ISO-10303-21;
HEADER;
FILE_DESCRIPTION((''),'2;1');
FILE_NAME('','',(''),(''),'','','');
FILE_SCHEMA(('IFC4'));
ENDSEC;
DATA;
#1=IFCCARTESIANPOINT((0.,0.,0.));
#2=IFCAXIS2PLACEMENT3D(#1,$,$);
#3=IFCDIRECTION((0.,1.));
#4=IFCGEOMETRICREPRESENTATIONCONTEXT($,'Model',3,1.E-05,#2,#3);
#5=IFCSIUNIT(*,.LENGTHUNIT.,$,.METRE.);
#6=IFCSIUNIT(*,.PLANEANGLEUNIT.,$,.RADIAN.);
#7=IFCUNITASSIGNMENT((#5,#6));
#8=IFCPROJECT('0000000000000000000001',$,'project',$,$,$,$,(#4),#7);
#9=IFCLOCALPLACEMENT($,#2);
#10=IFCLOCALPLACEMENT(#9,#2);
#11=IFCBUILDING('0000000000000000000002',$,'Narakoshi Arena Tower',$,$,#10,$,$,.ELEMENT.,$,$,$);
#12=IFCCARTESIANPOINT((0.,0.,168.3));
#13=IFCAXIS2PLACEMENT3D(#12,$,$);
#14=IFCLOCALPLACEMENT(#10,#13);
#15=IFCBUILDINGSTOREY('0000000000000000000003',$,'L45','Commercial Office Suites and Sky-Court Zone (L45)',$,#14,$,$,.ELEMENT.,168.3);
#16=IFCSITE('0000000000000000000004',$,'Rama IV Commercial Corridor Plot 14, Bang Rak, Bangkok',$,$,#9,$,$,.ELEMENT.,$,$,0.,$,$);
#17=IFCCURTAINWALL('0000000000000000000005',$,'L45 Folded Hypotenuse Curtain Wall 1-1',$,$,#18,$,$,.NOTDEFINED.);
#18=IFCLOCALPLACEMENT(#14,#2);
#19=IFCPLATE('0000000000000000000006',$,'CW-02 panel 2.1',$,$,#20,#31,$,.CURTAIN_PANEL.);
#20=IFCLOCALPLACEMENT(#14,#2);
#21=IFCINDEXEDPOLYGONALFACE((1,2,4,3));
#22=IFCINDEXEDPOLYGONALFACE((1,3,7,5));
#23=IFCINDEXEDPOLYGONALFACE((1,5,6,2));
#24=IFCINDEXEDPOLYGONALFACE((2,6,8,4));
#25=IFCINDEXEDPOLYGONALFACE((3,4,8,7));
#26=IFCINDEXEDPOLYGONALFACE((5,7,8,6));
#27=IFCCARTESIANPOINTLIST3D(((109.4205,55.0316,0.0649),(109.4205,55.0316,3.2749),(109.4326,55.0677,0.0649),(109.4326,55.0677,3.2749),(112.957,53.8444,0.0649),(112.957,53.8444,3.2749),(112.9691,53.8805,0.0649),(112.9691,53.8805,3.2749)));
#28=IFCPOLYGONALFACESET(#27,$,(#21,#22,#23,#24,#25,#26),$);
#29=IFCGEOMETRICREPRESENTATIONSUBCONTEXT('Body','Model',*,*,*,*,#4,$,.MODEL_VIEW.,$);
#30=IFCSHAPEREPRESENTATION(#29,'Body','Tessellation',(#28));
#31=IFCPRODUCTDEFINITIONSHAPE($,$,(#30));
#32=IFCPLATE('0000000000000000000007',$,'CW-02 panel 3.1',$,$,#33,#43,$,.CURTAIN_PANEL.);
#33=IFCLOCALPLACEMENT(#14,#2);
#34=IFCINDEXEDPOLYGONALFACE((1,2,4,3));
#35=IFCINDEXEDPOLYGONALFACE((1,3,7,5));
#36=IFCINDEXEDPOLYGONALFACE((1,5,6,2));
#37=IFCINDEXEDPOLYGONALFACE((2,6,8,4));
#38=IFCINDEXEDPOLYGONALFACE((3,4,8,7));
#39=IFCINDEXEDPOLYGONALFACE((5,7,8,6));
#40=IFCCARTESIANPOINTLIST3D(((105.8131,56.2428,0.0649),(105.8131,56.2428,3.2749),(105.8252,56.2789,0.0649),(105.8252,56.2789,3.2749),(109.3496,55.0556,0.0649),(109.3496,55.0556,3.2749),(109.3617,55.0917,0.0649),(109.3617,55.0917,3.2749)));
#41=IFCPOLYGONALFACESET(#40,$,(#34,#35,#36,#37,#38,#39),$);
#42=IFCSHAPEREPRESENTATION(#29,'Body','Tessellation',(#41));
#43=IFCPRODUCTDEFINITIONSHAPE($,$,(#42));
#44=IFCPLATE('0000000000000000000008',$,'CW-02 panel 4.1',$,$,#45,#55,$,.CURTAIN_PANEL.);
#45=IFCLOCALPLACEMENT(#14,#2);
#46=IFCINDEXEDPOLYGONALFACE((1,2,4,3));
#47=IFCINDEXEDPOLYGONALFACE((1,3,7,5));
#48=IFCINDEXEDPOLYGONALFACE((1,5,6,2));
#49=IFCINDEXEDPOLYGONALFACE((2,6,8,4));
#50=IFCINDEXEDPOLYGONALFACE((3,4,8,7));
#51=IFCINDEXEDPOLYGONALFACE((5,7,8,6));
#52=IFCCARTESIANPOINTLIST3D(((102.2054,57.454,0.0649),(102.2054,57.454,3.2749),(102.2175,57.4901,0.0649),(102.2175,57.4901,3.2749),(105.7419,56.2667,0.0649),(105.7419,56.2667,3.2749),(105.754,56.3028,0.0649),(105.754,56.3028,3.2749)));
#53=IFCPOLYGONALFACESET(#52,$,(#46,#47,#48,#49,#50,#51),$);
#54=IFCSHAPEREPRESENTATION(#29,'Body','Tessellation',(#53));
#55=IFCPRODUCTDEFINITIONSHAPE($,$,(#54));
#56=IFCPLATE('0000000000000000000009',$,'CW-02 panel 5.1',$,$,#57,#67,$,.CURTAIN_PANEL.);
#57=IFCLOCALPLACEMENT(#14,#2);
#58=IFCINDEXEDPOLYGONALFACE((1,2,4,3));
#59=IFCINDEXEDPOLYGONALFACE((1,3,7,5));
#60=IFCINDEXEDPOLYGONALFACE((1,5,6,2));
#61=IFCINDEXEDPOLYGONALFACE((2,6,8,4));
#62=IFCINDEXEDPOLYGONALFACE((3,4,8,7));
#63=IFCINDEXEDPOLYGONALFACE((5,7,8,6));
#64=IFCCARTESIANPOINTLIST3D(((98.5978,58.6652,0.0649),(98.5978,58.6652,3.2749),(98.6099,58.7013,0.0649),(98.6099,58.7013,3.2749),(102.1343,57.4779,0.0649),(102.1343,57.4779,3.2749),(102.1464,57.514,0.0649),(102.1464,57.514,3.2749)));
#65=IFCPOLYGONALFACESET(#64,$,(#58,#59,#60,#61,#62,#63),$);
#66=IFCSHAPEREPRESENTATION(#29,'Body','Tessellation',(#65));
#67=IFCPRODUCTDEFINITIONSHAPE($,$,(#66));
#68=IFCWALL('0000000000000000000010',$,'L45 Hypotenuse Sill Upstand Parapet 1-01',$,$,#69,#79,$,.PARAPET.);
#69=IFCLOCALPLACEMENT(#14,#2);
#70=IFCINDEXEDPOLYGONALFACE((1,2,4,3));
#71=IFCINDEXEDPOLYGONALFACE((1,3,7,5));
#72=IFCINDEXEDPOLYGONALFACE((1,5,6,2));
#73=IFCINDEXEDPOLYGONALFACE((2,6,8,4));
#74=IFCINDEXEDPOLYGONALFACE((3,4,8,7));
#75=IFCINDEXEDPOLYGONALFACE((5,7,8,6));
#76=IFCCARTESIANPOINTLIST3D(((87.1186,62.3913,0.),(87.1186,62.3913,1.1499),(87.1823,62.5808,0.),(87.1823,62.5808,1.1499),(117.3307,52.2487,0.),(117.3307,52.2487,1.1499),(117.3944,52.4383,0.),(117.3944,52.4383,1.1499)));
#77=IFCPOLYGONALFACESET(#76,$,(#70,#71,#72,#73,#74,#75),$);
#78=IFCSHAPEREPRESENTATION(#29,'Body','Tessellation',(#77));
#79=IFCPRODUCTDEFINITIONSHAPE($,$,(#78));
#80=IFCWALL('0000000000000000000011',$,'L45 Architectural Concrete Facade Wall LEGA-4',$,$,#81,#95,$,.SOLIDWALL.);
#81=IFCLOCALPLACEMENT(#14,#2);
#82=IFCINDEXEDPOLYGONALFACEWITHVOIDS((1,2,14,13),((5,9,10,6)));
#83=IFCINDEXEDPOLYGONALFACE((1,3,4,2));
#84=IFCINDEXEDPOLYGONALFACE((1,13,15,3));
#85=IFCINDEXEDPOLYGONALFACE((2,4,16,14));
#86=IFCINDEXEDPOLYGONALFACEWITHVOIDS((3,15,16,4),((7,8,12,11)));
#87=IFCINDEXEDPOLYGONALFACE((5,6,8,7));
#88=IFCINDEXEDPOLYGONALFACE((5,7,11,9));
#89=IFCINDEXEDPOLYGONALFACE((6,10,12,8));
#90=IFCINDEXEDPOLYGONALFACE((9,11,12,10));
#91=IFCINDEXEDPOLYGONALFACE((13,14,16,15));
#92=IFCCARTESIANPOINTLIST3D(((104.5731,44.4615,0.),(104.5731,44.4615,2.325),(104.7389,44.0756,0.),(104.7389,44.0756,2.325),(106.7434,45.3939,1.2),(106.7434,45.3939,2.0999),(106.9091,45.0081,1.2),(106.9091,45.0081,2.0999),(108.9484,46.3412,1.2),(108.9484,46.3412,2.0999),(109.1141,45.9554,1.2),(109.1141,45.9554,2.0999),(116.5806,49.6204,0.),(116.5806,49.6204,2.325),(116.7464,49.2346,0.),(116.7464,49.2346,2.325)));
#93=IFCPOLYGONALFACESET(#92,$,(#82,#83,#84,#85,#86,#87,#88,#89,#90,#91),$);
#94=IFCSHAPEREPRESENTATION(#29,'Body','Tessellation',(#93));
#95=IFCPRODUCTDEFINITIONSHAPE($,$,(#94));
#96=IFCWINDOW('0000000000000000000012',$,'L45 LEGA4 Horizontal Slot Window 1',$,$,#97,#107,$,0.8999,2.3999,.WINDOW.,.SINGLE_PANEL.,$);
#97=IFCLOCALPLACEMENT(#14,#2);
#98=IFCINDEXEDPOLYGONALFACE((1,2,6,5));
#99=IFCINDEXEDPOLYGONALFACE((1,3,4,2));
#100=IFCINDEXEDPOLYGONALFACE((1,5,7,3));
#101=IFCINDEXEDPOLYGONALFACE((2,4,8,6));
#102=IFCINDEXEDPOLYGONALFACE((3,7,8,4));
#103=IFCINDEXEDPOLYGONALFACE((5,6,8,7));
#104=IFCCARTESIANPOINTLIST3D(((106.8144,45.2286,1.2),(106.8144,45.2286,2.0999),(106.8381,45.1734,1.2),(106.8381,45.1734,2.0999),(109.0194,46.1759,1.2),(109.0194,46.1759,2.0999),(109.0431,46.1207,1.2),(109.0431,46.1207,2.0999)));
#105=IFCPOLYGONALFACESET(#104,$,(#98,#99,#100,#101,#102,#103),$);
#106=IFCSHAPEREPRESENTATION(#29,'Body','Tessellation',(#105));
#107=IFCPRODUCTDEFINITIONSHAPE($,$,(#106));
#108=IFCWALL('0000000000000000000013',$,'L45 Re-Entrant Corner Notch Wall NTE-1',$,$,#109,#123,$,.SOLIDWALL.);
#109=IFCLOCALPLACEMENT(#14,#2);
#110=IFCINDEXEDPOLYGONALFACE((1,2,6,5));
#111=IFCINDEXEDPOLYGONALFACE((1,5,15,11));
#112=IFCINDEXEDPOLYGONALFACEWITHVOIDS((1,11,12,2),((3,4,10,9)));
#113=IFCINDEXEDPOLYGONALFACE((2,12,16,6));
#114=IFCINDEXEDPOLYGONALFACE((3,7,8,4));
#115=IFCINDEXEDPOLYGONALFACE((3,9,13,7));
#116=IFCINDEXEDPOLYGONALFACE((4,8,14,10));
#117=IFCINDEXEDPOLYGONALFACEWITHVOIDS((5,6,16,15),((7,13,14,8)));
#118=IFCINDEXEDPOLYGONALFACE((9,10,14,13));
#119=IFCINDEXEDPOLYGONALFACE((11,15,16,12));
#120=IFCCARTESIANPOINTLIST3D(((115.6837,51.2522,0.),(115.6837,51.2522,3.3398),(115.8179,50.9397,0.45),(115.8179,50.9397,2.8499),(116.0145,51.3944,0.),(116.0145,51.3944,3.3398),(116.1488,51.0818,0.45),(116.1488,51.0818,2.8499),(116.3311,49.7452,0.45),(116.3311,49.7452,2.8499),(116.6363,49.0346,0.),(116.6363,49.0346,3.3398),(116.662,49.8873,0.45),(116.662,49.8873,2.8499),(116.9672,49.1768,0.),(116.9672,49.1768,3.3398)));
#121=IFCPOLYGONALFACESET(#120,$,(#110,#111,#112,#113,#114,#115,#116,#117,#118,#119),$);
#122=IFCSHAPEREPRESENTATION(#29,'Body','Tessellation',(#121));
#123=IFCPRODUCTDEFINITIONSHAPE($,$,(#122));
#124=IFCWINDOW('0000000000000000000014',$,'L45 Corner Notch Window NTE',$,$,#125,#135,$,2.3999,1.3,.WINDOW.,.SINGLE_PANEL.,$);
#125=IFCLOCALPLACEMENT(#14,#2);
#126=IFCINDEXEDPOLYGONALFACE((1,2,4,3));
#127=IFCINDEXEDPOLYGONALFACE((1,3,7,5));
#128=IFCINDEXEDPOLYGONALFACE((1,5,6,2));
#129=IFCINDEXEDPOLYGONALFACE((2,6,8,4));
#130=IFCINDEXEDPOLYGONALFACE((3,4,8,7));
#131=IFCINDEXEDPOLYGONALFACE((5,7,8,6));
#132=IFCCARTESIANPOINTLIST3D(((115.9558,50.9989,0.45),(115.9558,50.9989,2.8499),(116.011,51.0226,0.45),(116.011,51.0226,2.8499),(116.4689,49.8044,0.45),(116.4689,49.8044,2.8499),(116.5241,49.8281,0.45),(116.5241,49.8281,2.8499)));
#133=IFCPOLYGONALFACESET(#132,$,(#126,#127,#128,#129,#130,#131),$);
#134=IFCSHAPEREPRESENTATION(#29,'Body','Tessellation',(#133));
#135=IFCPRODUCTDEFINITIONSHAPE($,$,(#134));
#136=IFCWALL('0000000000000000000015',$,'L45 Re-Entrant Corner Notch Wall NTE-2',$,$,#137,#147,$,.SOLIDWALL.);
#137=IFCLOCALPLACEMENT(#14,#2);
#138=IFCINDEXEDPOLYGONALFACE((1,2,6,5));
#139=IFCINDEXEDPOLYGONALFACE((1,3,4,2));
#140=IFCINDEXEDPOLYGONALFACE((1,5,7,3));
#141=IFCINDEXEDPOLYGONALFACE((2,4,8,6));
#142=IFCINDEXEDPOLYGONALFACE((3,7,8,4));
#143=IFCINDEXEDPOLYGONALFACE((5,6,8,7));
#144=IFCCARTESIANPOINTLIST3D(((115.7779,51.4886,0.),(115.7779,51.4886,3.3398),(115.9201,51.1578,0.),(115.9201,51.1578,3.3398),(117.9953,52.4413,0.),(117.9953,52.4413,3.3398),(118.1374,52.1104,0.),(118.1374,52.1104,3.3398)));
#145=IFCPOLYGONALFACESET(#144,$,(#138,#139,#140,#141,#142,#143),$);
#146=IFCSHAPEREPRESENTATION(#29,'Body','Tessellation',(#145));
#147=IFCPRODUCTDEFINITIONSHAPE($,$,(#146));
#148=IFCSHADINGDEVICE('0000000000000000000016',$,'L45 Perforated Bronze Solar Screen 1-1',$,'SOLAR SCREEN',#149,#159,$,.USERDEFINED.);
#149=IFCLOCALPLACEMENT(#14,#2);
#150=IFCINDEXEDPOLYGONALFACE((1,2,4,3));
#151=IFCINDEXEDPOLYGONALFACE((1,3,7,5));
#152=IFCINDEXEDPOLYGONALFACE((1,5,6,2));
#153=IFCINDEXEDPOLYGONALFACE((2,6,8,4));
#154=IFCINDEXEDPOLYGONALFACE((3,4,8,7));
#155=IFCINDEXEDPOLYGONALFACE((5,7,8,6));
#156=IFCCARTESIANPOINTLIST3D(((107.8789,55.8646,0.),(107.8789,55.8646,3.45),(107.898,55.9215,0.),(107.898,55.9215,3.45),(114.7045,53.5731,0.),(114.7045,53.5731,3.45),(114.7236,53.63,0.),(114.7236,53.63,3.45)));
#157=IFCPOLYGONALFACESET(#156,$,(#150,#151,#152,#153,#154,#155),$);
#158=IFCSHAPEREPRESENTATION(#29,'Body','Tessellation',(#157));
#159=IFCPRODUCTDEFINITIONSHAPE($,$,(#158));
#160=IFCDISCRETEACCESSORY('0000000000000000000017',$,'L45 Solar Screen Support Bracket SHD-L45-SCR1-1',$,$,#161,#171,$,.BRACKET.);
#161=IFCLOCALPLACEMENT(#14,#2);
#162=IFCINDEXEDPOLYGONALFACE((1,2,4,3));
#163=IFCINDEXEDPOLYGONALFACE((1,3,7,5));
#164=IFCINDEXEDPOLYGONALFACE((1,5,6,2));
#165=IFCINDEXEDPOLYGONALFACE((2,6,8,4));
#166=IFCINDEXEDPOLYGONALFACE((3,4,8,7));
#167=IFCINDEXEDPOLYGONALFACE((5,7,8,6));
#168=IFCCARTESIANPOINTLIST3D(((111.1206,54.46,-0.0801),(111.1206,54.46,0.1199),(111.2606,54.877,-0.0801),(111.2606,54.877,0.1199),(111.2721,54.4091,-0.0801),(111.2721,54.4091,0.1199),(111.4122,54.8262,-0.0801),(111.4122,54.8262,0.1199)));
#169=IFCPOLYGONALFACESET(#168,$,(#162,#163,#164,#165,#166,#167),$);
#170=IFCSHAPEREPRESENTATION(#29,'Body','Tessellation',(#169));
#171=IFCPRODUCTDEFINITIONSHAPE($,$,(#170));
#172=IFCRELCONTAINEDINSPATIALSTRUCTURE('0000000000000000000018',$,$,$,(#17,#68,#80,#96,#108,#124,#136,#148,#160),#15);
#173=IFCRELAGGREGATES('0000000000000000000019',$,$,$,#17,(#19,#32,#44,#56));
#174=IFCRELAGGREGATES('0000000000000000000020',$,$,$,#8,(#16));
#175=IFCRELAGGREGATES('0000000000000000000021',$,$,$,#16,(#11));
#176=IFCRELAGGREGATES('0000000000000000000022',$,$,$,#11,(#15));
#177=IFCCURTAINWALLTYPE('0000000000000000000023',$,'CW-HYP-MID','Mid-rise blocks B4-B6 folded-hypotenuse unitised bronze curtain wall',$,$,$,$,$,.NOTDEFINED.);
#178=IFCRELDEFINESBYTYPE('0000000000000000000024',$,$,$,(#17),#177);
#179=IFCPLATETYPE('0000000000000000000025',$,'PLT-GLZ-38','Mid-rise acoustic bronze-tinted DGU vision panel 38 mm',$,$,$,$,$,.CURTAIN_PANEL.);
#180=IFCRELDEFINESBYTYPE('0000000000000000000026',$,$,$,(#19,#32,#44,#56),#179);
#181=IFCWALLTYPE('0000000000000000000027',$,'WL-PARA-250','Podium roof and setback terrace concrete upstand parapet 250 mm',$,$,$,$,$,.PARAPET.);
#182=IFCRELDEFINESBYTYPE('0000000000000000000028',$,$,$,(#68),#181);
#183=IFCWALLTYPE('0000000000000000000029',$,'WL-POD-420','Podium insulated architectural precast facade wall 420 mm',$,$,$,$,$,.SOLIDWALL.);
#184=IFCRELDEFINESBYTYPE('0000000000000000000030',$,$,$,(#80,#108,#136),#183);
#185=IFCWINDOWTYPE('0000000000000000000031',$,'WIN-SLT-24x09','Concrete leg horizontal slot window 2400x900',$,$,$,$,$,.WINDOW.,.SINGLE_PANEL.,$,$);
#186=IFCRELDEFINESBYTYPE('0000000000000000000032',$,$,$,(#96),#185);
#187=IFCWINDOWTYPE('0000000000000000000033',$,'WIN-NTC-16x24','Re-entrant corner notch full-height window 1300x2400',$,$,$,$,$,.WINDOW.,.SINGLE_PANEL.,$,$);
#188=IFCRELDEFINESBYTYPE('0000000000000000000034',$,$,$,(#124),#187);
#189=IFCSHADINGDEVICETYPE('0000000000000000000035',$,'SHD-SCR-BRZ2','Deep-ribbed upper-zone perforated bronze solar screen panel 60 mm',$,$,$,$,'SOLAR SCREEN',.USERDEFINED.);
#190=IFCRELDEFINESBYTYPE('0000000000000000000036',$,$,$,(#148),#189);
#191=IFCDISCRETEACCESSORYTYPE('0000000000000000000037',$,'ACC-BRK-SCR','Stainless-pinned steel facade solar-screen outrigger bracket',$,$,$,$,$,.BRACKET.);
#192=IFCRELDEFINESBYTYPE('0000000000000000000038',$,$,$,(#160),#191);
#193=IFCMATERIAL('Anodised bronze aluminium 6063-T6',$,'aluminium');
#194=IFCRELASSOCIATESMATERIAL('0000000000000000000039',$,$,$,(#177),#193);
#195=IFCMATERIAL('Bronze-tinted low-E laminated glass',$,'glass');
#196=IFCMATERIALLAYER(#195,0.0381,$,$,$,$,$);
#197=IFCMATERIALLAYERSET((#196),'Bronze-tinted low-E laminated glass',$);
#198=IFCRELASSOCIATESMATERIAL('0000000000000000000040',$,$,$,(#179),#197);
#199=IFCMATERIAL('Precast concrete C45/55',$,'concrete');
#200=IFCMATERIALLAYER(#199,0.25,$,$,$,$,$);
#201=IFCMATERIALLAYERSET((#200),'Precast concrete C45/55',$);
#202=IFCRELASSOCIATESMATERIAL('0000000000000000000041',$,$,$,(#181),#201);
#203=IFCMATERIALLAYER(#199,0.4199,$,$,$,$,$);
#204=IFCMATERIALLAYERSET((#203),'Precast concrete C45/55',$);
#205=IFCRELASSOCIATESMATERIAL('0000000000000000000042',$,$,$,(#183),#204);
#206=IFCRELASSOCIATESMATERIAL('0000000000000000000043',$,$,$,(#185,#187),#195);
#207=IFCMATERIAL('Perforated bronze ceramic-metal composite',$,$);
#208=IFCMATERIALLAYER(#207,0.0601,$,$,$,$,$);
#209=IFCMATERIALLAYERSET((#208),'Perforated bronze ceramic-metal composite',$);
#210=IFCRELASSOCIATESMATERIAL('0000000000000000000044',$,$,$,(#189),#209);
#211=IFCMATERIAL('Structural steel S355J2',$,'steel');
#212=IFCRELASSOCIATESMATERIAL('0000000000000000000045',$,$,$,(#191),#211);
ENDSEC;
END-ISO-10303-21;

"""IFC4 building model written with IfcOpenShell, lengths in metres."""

from ifc_helpers import new_model, si_unit, direction, frame, frame_2d, origin, origin_2d, place, context, subcontext, project, spatial, rectangle, extrude, material, layer, layer_set, type_object, element, fill, aggregate, save


model = new_model("IFC4")

# Units and contexts
model_context = context("Model", 3, precision=1e-05, world=origin(), true_north=direction((0.0, 1.0)))
body_context = subcontext(model_context, "Body", "Model", "MODEL_VIEW")
ifc_project = project(units=[si_unit("LENGTHUNIT", "METRE"), si_unit("PLANEANGLEUNIT", "RADIAN")], contexts=[model_context])

# Site, building, storey
site_placement = place(None, origin())
site = spatial("IfcSite", under=ifc_project, at=site_placement, Name="Rama IV Commercial Corridor Plot 14, Bang Rak, Bangkok", CompositionType="ELEMENT", RefElevation=0.0)
building_placement = place(site_placement, origin())
building = spatial("IfcBuilding", under=site, at=building_placement, Name="Narakoshi Arena Tower", CompositionType="ELEMENT")
storey_placement = place(building_placement, frame((0.0, 0.0, 168.3)))
storey = spatial("IfcBuildingStorey", under=building, at=storey_placement, Name="L45", Description="Commercial Office Suites and Sky-Court Zone (L45)", CompositionType="ELEMENT", Elevation=168.3)

# Curtain wall, plates
ifc_material_1 = material(Name="Anodised bronze aluminium 6063-T6", Category="aluminium")
curtain_wall_type = type_object("IfcCurtainWallType", Name="CW-HYP-MID", Description="Mid-rise blocks B4-B6 folded-hypotenuse unitised bronze curtain wall", PredefinedType="NOTDEFINED", material=ifc_material_1)
curtain_wall_placement = place(storey_placement, origin())
curtain_wall = element("IfcCurtainWall", 1, at=curtain_wall_placement, inside=storey, type_object=curtain_wall_type, Name="L45 Folded Hypotenuse Curtain Wall 1-1", PredefinedType="NOTDEFINED")
ifc_material_2 = material(Name="Bronze-tinted low-E laminated glass", Category="glass")
ifc_layer_1 = layer(ifc_material_2, 0.0381)
ifc_layer_set_1 = layer_set([ifc_layer_1], Name="Bronze-tinted low-E laminated glass")
plate_type = type_object("IfcPlateType", Name="PLT-GLZ-38", Description="Mid-rise acoustic bronze-tinted DGU vision panel 38 mm", PredefinedType="CURTAIN_PANEL", material=ifc_layer_set_1)
plate_1_placement = place(storey_placement, frame((111.1948, 54.4561, 0.0649), z_axis=(0.0, 0.0, 1.0), x_axis=(-0.948003, 0.318261, 0.0)))
plate_1 = element("IfcPlate", 2, at=plate_1_placement, type_object=plate_type, Name="CW-02 panel 2.1", PredefinedType="CURTAIN_PANEL", context=body_context, shape_type="SweptSolid", body=[
    extrude(rectangle(XDim=3.7305, YDim=0.0381, at=origin_2d()), origin(), (0.0, 0.0, 1.0), 3.21),
])
plate_2_placement = place(storey_placement, frame((107.5874, 55.6672, 0.0649), z_axis=(0.0, 0.0, 1.0), x_axis=(-0.948003, 0.318261, 0.0)))
plate_2 = element("IfcPlate", 3, at=plate_2_placement, type_object=plate_type, Name="CW-02 panel 3.1", PredefinedType="CURTAIN_PANEL", context=body_context, shape_type="SweptSolid", body=[
    extrude(rectangle(XDim=3.7305, YDim=0.0381, at=origin_2d()), origin(), (0.0, 0.0, 1.0), 3.21),
])
plate_3_placement = place(storey_placement, frame((103.9797, 56.8784, 0.0649), z_axis=(0.0, 0.0, 1.0), x_axis=(-0.948003, 0.318261, 0.0)))
plate_3 = element("IfcPlate", 4, at=plate_3_placement, type_object=plate_type, Name="CW-02 panel 4.1", PredefinedType="CURTAIN_PANEL", context=body_context, shape_type="SweptSolid", body=[
    extrude(rectangle(XDim=3.7305, YDim=0.0381, at=origin_2d()), origin(), (0.0, 0.0, 1.0), 3.21),
])
plate_4_placement = place(storey_placement, frame((100.3721, 58.0896, 0.0649), z_axis=(0.0, 0.0, 1.0), x_axis=(-0.948003, 0.318261, 0.0)))
plate_4 = element("IfcPlate", 5, at=plate_4_placement, type_object=plate_type, Name="CW-02 panel 5.1", PredefinedType="CURTAIN_PANEL", context=body_context, shape_type="SweptSolid", body=[
    extrude(rectangle(XDim=3.7305, YDim=0.0381, at=origin_2d()), origin(), (0.0, 0.0, 1.0), 3.21),
])
aggregate(curtain_wall, [plate_1, plate_2, plate_3, plate_4])

# Wall
ifc_material_3 = material(Name="Precast concrete C45/55", Category="concrete")
ifc_layer_2 = layer(ifc_material_3, 0.25)
ifc_layer_set_2 = layer_set([ifc_layer_2], Name="Precast concrete C45/55")
wall_type_1 = type_object("IfcWallType", Name="WL-PARA-250", Description="Podium roof and setback terrace concrete upstand parapet 250 mm", PredefinedType="PARAPET", material=ifc_layer_set_2)
wall_1_placement = place(storey_placement, frame((117.3625, 52.3435, 0.0), z_axis=(0.0, 0.0, 1.0), x_axis=(-0.948005, 0.318256, 0.0)))
element("IfcWall", 6, at=wall_1_placement, inside=storey, type_object=wall_type_1, Name="L45 Hypotenuse Sill Upstand Parapet 1-01", PredefinedType="PARAPET", context=body_context, shape_type="SweptSolid", body=[
    extrude(rectangle(XDim=31.8691, YDim=0.2, at=frame_2d((15.9346, 0.0))), origin(), (0.0, 0.0, 1.0), 1.1499),
])

# Walls, openings, windows
ifc_layer_3 = layer(ifc_material_3, 0.4199)
ifc_layer_set_3 = layer_set([ifc_layer_3], Name="Precast concrete C45/55")
wall_type_2 = type_object("IfcWallType", Name="WL-POD-420", Description="Podium insulated architectural precast facade wall 420 mm", PredefinedType="SOLIDWALL", material=ifc_layer_set_3)
wall_2_placement = place(storey_placement, frame((104.656, 44.2686, 0.0), z_axis=(0.0, 0.0, 1.0), x_axis=(0.918789, 0.394749, 0.0)))
wall_2 = element("IfcWall", 7, at=wall_2_placement, inside=storey, type_object=wall_type_2, Name="L45 Architectural Concrete Facade Wall LEGA-4", PredefinedType="SOLIDWALL", context=body_context, shape_type="SweptSolid", body=[
    extrude(rectangle(XDim=13.0688, YDim=0.4199, at=frame_2d((6.5344, 0.0))), origin(), (0.0, 0.0, 1.0), 2.325),
])
opening_1_placement = place(wall_2_placement, frame((2.3621, 0.0, 1.2)))
opening_1 = element("IfcOpeningElement", 8, at=opening_1_placement, cuts=wall_2, PredefinedType="OPENING", context=body_context, shape_type="SweptSolid", body=[
    extrude(rectangle(XDim=2.3999, YDim=0.8999, at=frame_2d((1.2, 0.45))), frame((0.0, 0.22, 0.0), z_axis=(0.0, -1.0, 0.0), x_axis=(1.0, 0.0, 0.0)), (0.0, 0.0, 1.0), 0.4399),
])
window_type_1 = type_object("IfcWindowType", Name="WIN-SLT-24x09", Description="Concrete leg horizontal slot window 2400x900", PartitioningType="SINGLE_PANEL", PredefinedType="WINDOW", material=ifc_material_2)
window_1_placement = place(opening_1_placement, origin())
window_1 = element("IfcWindow", 9, at=window_1_placement, inside=storey, type_object=window_type_1, Name="L45 LEGA4 Horizontal Slot Window 1", OverallHeight=0.8999, OverallWidth=2.3999, PartitioningType="SINGLE_PANEL", PredefinedType="WINDOW", context=body_context, shape_type="SweptSolid", body=[
    extrude(rectangle(XDim=2.3999, YDim=0.8999, at=frame_2d((1.2, 0.45))), frame((0.0, 0.03, 0.0), z_axis=(0.0, -1.0, 0.0), x_axis=(1.0, 0.0, 0.0)), (0.0, 0.0, 1.0), 0.0601),
])
fill(opening_1, window_1)
wall_3_placement = place(storey_placement, frame((116.8018, 49.1057, 0.0), z_axis=(0.0, 0.0, 1.0), x_axis=(-0.394713, 0.918805, 0.0)))
wall_3 = element("IfcWall", 10, at=wall_3_placement, inside=storey, type_object=wall_type_2, Name="L45 Re-Entrant Corner Notch Wall NTE-1", PredefinedType="SOLIDWALL", context=body_context, shape_type="SweptSolid", body=[
    extrude(rectangle(XDim=2.4136, YDim=0.3601, at=frame_2d((1.2068, 0.0))), origin(), (0.0, 0.0, 1.0), 3.3398),
])
opening_2_placement = place(wall_3_placement, frame((0.7734, 0.0, 0.45)))
opening_2 = element("IfcOpeningElement", 11, at=opening_2_placement, cuts=wall_3, PredefinedType="OPENING", context=body_context, shape_type="SweptSolid", body=[
    extrude(rectangle(XDim=1.3, YDim=2.3999, at=frame_2d((0.6499, 1.2))), frame((0.0, 0.1899, 0.0), z_axis=(0.0, -1.0, 0.0), x_axis=(1.0, 0.0, 0.0)), (0.0, 0.0, 1.0), 0.3801),
])
window_type_2 = type_object("IfcWindowType", Name="WIN-NTC-16x24", Description="Re-entrant corner notch full-height window 1300x2400", PartitioningType="SINGLE_PANEL", PredefinedType="WINDOW", material=ifc_material_2)
window_2_placement = place(opening_2_placement, origin())
window_2 = element("IfcWindow", 12, at=window_2_placement, inside=storey, type_object=window_type_2, Name="L45 Corner Notch Window NTE", OverallHeight=2.3999, OverallWidth=1.3, PartitioningType="SINGLE_PANEL", PredefinedType="WINDOW", context=body_context, shape_type="SweptSolid", body=[
    extrude(rectangle(XDim=1.3, YDim=2.3999, at=frame_2d((0.6499, 1.2))), frame((0.0, 0.03, 0.0), z_axis=(0.0, -1.0, 0.0), x_axis=(1.0, 0.0, 0.0)), (0.0, 0.0, 1.0), 0.0601),
])
fill(opening_2, window_2)

# Wall
wall_4_placement = place(storey_placement, frame((115.8491, 51.3232, 0.0), z_axis=(0.0, 0.0, 1.0), x_axis=(0.918789, 0.394749, 0.0)))
element("IfcWall", 13, at=wall_4_placement, inside=storey, type_object=wall_type_2, Name="L45 Re-Entrant Corner Notch Wall NTE-2", PredefinedType="SOLIDWALL", context=body_context, shape_type="SweptSolid", body=[
    extrude(rectangle(XDim=2.4133, YDim=0.3601, at=frame_2d((1.2065, 0.0))), origin(), (0.0, 0.0, 1.0), 3.3398),
])

# Shading device
ifc_material_4 = material(Name="Perforated bronze ceramic-metal composite")
ifc_layer_4 = layer(ifc_material_4, 0.0601)
ifc_layer_set_4 = layer_set([ifc_layer_4], Name="Perforated bronze ceramic-metal composite")
shading_device_type = type_object("IfcShadingDeviceType", Name="SHD-SCR-BRZ2", Description="Deep-ribbed upper-zone perforated bronze solar screen panel 60 mm", ElementType="SOLAR SCREEN", PredefinedType="USERDEFINED", material=ifc_layer_set_4)
shading_device_placement = place(storey_placement, frame((111.3013, 54.7473, 0.0), z_axis=(0.0, 0.0, 1.0), x_axis=(-0.948002, 0.318264, 0.0)))
element("IfcShadingDevice", 14, at=shading_device_placement, inside=storey, type_object=shading_device_type, Name="L45 Perforated Bronze Solar Screen 1-1", ObjectType="SOLAR SCREEN", PredefinedType="USERDEFINED", context=body_context, shape_type="SweptSolid", body=[
    extrude(rectangle(XDim=7.2, YDim=0.0601, at=origin_2d()), origin(), (0.0, 0.0, 1.0), 3.45),
])

# Discrete accessory
ifc_material_5 = material(Name="Structural steel S355J2", Category="steel")
discrete_accessory_type = type_object("IfcDiscreteAccessoryType", Name="ACC-BRK-SCR", Description="Stainless-pinned steel facade solar-screen outrigger bracket", PredefinedType="BRACKET", material=ifc_material_5)
discrete_accessory_placement = place(storey_placement, frame((111.2664, 54.6431, -0.0801), z_axis=(0.0, 0.0, 1.0), x_axis=(-0.948002, 0.318264, 0.0)))
element("IfcDiscreteAccessory", 15, at=discrete_accessory_placement, inside=storey, type_object=discrete_accessory_type, Name="L45 Solar Screen Support Bracket SHD-L45-SCR1-1", PredefinedType="BRACKET", context=body_context, shape_type="SweptSolid", body=[
    extrude(rectangle(XDim=0.1599, YDim=0.4399, at=origin_2d()), origin(), (0.0, 0.0, 1.0), 0.2),
])

save(model, "model.ifc")
